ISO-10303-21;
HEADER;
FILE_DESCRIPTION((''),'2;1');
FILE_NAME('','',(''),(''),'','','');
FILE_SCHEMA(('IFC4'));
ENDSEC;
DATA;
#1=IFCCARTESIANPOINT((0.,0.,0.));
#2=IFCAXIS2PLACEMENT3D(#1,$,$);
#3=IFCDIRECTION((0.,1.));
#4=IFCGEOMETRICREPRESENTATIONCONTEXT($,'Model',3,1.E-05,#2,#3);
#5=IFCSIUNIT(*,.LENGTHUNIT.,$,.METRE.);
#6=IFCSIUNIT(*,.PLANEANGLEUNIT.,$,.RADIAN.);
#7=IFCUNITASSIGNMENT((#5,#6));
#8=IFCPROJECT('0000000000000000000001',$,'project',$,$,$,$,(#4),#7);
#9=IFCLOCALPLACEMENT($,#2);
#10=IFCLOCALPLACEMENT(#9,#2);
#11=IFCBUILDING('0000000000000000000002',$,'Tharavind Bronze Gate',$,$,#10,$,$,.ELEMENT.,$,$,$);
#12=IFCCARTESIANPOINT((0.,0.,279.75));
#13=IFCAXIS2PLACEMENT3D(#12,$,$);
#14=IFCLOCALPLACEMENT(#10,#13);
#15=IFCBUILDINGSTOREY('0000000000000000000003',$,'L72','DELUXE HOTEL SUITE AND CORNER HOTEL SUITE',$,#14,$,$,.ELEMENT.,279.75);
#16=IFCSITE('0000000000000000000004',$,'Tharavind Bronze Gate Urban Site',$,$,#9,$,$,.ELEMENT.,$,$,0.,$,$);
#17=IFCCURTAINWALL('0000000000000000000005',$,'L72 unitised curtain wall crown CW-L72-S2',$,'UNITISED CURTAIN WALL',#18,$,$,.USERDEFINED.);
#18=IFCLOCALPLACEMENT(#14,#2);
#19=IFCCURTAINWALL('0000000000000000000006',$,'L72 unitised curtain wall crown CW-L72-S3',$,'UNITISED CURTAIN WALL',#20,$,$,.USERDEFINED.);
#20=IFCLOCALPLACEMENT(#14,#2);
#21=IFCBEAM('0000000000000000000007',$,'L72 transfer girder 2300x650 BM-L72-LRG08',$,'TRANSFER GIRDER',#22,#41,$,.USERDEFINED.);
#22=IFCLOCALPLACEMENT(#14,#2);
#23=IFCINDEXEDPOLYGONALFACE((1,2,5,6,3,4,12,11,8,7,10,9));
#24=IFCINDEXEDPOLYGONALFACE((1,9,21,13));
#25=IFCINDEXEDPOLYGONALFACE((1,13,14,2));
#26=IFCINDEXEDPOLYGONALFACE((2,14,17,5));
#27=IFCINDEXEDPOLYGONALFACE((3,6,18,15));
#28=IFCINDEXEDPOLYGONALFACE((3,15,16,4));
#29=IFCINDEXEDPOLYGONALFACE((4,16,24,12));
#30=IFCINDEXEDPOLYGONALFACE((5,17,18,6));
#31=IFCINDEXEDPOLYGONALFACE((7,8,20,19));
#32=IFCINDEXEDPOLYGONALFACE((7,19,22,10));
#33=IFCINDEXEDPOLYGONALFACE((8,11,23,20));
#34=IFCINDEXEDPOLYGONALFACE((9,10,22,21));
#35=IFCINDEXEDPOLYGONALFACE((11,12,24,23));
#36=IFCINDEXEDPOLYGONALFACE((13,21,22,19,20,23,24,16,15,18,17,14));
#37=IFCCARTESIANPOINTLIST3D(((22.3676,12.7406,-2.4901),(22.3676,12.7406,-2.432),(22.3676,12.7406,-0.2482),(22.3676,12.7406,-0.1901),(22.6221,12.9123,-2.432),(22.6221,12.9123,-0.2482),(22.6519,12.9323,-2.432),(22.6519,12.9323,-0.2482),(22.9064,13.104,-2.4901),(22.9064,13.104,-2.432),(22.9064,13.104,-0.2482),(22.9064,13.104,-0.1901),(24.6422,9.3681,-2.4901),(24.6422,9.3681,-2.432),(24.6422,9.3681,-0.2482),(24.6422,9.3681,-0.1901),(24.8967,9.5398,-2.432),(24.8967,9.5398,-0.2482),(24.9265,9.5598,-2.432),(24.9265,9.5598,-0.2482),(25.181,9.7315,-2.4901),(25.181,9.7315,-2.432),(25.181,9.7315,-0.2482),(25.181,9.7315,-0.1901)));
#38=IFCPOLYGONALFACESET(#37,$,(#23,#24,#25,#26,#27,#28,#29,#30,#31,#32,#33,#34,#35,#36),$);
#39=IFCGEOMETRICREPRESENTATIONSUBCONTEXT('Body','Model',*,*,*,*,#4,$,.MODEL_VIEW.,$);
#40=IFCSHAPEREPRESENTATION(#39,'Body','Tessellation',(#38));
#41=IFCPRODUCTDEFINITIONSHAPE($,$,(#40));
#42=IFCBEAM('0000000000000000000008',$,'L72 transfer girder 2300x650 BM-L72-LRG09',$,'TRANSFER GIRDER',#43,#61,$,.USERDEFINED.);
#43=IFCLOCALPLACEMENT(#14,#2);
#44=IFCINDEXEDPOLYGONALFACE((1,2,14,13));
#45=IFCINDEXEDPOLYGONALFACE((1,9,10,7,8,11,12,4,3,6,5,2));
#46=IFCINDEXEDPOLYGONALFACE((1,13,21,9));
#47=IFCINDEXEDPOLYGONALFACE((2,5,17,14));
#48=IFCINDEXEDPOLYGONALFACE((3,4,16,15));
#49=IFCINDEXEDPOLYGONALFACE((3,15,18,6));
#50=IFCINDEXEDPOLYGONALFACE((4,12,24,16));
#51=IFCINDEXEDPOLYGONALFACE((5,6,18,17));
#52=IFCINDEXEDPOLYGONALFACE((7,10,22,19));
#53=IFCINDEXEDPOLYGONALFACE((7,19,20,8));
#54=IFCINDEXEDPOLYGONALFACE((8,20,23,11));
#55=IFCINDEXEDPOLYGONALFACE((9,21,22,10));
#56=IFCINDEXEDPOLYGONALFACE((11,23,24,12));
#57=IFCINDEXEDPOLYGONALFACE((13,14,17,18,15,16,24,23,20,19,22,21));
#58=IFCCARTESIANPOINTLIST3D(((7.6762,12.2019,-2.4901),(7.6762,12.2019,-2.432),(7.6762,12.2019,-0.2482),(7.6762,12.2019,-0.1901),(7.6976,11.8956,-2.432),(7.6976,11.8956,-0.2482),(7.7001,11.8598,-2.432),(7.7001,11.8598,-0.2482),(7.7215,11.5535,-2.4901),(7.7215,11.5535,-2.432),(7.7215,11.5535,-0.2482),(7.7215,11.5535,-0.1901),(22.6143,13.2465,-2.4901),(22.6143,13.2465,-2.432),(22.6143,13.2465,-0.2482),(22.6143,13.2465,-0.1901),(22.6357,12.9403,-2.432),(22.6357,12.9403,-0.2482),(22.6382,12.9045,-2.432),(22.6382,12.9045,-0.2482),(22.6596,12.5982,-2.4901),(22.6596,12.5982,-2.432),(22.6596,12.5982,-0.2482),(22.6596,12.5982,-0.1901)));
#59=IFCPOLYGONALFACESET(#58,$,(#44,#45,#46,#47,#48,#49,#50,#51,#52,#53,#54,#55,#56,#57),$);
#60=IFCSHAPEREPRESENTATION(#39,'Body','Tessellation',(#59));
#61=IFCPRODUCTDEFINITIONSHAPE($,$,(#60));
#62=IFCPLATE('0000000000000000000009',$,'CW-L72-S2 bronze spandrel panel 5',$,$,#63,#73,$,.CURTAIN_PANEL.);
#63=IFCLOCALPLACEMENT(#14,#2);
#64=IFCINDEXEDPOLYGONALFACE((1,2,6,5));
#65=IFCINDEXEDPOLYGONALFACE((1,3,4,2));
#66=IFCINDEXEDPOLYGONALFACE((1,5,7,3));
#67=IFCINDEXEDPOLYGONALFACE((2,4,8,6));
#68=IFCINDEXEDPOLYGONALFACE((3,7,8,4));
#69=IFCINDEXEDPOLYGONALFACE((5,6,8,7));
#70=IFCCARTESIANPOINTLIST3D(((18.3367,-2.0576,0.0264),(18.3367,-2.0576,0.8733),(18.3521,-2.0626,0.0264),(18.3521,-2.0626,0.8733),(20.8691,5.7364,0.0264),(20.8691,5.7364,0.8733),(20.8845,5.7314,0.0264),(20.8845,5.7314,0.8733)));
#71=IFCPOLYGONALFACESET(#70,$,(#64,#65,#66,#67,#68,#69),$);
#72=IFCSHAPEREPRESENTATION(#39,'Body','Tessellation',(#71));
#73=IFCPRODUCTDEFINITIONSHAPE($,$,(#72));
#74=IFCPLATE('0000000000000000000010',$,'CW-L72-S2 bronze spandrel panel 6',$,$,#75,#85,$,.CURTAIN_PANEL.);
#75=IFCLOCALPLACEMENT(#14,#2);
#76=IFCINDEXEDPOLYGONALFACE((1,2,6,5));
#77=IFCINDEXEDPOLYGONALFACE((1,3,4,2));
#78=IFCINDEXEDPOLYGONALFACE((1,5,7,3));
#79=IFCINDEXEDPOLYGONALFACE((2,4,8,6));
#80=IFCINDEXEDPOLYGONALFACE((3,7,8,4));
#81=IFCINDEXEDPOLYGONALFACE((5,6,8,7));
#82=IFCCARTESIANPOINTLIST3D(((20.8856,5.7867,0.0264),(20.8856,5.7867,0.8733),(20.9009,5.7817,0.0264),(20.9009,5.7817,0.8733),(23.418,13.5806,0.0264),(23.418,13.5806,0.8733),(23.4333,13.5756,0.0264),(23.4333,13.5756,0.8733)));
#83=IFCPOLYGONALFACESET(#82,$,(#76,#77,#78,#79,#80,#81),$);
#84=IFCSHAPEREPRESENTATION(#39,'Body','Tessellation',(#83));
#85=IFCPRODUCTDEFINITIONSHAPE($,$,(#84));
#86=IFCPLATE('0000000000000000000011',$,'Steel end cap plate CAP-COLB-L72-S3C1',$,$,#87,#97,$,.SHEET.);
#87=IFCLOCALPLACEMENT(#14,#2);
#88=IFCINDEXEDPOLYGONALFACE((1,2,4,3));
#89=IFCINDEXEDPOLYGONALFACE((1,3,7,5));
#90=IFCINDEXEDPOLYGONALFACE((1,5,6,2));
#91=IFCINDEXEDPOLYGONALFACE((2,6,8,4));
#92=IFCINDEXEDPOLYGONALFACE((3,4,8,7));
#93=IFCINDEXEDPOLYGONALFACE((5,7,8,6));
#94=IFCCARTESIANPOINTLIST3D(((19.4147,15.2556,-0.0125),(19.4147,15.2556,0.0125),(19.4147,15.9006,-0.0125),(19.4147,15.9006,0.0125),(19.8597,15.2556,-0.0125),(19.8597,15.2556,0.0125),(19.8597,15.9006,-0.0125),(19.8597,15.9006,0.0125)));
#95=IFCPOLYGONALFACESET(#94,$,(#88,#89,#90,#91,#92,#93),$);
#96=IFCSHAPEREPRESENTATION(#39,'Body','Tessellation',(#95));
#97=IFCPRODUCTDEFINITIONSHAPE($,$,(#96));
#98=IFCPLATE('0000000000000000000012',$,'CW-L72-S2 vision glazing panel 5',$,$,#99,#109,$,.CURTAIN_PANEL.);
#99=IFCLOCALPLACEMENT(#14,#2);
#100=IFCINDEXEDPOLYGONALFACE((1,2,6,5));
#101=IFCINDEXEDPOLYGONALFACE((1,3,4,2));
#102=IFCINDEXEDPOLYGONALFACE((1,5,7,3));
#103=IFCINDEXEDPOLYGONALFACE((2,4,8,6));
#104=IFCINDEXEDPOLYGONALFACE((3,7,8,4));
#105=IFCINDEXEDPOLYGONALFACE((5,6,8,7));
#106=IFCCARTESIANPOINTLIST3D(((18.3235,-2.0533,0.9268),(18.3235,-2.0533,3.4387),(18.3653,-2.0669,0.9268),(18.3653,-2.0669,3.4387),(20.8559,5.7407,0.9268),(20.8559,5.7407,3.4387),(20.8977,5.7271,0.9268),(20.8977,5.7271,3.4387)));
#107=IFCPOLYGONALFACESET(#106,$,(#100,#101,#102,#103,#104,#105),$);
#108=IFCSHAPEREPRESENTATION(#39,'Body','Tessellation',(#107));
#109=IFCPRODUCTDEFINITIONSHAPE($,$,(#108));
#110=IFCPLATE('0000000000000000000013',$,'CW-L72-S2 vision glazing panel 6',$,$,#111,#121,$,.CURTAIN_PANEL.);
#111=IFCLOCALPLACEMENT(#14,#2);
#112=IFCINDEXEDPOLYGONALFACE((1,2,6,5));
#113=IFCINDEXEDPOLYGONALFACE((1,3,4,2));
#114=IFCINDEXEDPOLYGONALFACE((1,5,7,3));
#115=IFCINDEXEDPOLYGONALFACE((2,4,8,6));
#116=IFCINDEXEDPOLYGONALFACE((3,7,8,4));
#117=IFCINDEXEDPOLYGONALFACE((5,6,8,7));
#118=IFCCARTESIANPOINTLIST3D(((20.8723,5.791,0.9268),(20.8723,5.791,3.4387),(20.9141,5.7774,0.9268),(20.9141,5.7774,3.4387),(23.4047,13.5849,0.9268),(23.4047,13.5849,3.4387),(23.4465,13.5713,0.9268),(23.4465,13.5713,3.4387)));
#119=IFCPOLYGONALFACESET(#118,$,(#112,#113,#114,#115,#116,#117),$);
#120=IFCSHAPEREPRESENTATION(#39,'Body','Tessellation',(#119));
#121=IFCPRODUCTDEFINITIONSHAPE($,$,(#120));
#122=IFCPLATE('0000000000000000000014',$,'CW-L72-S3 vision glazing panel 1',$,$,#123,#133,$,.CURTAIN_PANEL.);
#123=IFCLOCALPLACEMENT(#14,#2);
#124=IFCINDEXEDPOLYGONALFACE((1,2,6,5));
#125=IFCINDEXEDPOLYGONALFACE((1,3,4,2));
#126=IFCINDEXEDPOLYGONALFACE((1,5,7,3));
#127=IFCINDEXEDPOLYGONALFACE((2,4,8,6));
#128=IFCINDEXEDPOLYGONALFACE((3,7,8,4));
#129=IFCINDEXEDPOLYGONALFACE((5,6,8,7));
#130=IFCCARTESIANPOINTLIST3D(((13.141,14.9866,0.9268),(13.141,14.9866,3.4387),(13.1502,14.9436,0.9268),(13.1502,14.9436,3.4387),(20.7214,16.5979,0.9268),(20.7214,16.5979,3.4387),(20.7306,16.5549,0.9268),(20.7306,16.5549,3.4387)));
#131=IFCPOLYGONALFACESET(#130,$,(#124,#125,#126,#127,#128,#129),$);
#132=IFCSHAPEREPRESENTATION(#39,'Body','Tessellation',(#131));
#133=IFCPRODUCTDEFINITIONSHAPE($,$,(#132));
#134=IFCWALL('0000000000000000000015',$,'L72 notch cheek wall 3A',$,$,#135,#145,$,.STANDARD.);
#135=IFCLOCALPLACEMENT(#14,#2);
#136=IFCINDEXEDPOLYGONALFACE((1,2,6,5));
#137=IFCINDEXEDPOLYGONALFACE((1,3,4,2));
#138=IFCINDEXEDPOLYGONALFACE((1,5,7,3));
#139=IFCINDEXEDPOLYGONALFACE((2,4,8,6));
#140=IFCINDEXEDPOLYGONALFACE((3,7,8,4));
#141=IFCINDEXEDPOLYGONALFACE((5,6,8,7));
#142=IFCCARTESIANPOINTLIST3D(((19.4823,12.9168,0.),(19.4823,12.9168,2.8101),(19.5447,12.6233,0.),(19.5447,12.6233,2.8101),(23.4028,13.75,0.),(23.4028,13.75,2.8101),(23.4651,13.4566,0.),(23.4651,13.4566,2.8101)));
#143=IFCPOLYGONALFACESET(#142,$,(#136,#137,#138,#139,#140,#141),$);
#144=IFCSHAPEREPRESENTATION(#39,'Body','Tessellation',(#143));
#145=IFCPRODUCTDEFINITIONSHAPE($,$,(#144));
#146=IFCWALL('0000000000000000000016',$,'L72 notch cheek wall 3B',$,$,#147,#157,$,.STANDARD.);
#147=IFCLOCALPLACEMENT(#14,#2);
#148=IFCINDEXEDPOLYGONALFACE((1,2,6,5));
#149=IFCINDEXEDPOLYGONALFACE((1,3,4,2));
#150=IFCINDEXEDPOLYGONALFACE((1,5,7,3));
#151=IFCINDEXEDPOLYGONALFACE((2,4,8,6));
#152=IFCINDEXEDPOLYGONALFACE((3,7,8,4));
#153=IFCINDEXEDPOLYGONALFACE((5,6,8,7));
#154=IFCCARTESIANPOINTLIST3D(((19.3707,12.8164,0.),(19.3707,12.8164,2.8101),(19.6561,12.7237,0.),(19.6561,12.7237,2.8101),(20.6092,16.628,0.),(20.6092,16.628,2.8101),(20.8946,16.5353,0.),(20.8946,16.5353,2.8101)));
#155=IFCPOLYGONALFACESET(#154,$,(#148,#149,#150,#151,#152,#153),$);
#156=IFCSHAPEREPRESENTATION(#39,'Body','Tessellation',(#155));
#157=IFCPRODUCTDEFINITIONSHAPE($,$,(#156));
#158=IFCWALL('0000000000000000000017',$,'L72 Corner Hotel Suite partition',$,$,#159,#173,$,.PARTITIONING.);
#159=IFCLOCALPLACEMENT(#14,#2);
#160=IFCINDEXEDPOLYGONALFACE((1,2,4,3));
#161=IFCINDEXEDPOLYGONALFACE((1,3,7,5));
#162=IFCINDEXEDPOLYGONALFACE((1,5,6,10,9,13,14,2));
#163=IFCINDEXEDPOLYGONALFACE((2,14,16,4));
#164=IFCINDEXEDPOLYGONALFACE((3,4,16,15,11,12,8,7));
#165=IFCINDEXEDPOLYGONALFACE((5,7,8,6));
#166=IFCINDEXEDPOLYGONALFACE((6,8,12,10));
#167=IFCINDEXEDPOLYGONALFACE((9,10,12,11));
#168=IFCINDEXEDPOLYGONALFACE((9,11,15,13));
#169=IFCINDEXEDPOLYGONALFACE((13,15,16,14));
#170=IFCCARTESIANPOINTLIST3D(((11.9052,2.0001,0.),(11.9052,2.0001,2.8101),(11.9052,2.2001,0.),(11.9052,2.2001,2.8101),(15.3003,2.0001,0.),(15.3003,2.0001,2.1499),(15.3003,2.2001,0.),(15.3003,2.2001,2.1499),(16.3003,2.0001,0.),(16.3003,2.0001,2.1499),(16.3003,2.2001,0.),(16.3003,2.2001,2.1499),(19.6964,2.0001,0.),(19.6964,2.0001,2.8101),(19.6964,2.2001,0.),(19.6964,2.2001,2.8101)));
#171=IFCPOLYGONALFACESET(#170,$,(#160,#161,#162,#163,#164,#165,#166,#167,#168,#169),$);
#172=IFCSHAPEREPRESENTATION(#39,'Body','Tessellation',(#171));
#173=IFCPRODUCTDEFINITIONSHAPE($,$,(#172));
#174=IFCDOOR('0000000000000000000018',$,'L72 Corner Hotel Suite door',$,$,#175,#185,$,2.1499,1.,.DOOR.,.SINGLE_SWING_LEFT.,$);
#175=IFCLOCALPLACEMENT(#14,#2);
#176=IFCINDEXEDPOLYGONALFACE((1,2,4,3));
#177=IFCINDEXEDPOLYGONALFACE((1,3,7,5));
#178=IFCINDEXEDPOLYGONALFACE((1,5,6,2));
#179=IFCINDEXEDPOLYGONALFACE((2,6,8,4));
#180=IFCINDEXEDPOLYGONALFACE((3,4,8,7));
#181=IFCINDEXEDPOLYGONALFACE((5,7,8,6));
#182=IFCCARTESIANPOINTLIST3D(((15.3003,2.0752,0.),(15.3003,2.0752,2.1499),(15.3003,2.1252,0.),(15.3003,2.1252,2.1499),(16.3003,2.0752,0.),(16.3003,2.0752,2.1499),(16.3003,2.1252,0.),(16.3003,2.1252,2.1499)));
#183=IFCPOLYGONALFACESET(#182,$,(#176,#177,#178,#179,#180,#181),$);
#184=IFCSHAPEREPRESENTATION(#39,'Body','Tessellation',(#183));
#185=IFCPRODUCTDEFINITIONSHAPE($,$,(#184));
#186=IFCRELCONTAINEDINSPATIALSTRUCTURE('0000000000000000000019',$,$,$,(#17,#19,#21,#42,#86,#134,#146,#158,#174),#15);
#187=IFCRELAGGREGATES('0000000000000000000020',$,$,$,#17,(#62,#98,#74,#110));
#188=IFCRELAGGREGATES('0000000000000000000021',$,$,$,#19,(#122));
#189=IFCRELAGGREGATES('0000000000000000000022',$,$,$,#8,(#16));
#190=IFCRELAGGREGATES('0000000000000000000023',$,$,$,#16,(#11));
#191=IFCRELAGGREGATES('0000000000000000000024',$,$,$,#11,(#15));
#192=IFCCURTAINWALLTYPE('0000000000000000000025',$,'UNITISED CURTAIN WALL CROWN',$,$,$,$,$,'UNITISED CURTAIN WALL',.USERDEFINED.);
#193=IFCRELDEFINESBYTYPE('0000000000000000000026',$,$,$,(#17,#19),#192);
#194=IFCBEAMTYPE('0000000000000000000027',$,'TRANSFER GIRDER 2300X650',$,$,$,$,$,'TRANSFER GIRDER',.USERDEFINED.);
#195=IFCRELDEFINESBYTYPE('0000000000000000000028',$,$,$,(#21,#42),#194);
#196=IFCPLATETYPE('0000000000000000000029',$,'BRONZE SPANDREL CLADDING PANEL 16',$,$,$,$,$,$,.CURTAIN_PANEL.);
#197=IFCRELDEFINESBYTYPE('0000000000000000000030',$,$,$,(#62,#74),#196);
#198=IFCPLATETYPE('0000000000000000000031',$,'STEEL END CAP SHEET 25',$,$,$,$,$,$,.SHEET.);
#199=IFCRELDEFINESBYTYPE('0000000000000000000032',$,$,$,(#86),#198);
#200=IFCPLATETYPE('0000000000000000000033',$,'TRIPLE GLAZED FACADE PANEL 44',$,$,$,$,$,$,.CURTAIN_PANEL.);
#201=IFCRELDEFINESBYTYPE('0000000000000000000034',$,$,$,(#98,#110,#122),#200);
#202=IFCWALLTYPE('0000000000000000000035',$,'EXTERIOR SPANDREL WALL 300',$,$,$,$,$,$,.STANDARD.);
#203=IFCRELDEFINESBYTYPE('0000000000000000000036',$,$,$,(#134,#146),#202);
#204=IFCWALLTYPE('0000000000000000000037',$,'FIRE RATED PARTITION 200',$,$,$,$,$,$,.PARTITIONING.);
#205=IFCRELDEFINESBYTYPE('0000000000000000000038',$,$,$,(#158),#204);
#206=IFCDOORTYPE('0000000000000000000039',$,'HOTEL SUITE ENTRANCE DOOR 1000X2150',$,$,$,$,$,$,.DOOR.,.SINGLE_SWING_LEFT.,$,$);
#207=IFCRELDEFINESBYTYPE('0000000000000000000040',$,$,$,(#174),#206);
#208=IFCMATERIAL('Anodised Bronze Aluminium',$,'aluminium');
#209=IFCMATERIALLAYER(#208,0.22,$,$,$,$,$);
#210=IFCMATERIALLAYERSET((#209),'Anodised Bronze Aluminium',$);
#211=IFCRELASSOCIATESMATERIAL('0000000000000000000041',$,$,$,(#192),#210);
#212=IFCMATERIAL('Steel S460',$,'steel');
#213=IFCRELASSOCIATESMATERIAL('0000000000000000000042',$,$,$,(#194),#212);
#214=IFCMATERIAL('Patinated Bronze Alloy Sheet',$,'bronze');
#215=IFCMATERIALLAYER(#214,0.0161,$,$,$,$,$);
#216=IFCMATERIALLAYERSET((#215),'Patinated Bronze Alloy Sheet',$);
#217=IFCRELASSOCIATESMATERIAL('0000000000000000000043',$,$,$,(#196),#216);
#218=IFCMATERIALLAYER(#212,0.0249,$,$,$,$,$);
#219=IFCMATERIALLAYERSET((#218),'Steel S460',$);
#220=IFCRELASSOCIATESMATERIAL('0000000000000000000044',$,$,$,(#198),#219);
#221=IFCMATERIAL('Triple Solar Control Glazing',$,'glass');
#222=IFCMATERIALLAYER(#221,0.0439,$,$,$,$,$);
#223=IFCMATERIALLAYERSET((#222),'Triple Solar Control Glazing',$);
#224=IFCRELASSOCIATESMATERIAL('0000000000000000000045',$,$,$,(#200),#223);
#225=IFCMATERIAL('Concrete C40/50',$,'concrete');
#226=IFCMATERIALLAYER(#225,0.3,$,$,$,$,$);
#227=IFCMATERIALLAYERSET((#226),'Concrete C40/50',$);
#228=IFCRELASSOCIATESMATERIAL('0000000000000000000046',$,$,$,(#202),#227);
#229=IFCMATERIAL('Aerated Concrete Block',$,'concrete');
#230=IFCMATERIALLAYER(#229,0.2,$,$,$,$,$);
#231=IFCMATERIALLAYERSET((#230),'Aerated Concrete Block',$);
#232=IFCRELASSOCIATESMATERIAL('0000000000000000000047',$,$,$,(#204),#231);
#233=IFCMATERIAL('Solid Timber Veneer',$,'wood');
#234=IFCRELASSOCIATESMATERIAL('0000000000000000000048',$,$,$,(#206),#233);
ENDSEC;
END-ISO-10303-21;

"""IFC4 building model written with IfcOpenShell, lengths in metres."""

from ifc_helpers import new_model, si_unit, direction, frame, frame_2d, origin, origin_2d, place, context, subcontext, project, spatial, rectangle, i_section, extrude, material, layer, layer_set, material_profile, profile_set, type_object, element, fill, aggregate, save


model = new_model("IFC4")

# Units and contexts
model_context = context("Model", 3, precision=1e-05, world=origin(), true_north=direction((0.0, 1.0)))
body_context = subcontext(model_context, "Body", "Model", "MODEL_VIEW")
ifc_project = project(units=[si_unit("LENGTHUNIT", "METRE"), si_unit("PLANEANGLEUNIT", "RADIAN")], contexts=[model_context])

# Site, building, storey
site_placement = place(None, origin())
site = spatial("IfcSite", under=ifc_project, at=site_placement, Name="Tharavind Bronze Gate Urban Site", CompositionType="ELEMENT", RefElevation=0.0)
building_placement = place(site_placement, origin())
building = spatial("IfcBuilding", under=site, at=building_placement, Name="Tharavind Bronze Gate", CompositionType="ELEMENT")
storey_placement = place(building_placement, frame((0.0, 0.0, 279.75)))
storey = spatial("IfcBuildingStorey", under=building, at=storey_placement, Name="L72", Description="DELUXE HOTEL SUITE AND CORNER HOTEL SUITE", CompositionType="ELEMENT", Elevation=279.75)

# Shared definitions
ifc_material_1 = material(Name="Steel S460", Category="steel")

# Curtain wall
ifc_material_2 = material(Name="Anodised Bronze Aluminium", Category="aluminium")
ifc_layer_1 = layer(ifc_material_2, 0.22)
ifc_layer_set_1 = layer_set([ifc_layer_1], Name="Anodised Bronze Aluminium")
curtain_wall_type = type_object("IfcCurtainWallType", Name="UNITISED CURTAIN WALL CROWN", ElementType="UNITISED CURTAIN WALL", PredefinedType="USERDEFINED", material=ifc_layer_set_1)
curtain_wall_1_placement = place(storey_placement, origin())
curtain_wall_1 = element("IfcCurtainWall", 1, at=curtain_wall_1_placement, inside=storey, type_object=curtain_wall_type, Name="L72 unitised curtain wall crown CW-L72-S2", ObjectType="UNITISED CURTAIN WALL", PredefinedType="USERDEFINED")

# Curtain wall
curtain_wall_2_placement = place(storey_placement, origin())
curtain_wall_2 = element("IfcCurtainWall", 2, at=curtain_wall_2_placement, inside=storey, type_object=curtain_wall_type, Name="L72 unitised curtain wall crown CW-L72-S3", ObjectType="UNITISED CURTAIN WALL", PredefinedType="USERDEFINED")

# Beams
ifc_material_profile_1 = material_profile(ifc_material_1, i_section(OverallWidth=0.6499, OverallDepth=2.3, WebThickness=0.0359, FlangeThickness=0.0581, at=origin_2d()), Name="PG2300X650")
ifc_profile_set_1 = profile_set([ifc_material_profile_1], Name="Steel S460")
beam_type_1 = type_object("IfcBeamType", Name="TRANSFER GIRDER 2300X650", ElementType="TRANSFER GIRDER", PredefinedType="USERDEFINED", material=ifc_profile_set_1)
beam_1_placement = place(storey_placement, frame((24.9116, 9.5498, -1.3401), z_axis=(-0.559166, 0.829056, 0.0), x_axis=(-0.829056, -0.559166, 0.0)))
element("IfcBeam", 3, at=beam_1_placement, inside=storey, type_object=beam_type_1, Name="L72 transfer girder 2300x650 BM-L72-LRG08", ObjectType="TRANSFER GIRDER", PredefinedType="USERDEFINED", context=body_context, shape_type="SweptSolid", body=[
    extrude(i_section(OverallWidth=0.6499, OverallDepth=2.3, WebThickness=0.0359, FlangeThickness=0.0581, at=origin_2d()), origin(), (0.0, 0.0, 1.0), 4.0679),
])
beam_2_placement = place(storey_placement, frame((22.637, 12.9224, -1.3401), z_axis=(-0.997564, -0.069763, 0.0), x_axis=(0.069763, -0.997564, 0.0)))
element("IfcBeam", 4, at=beam_2_placement, inside=storey, type_object=beam_type_1, Name="L72 transfer girder 2300x650 BM-L72-LRG09", ObjectType="TRANSFER GIRDER", PredefinedType="USERDEFINED", context=body_context, shape_type="SweptSolid", body=[
    extrude(i_section(OverallWidth=0.6499, OverallDepth=2.3, WebThickness=0.0359, FlangeThickness=0.0581, at=origin_2d()), origin(), (0.0, 0.0, 1.0), 14.9746),
])

# Plates
ifc_material_3 = material(Name="Patinated Bronze Alloy Sheet", Category="bronze")
ifc_layer_2 = layer(ifc_material_3, 0.0161)
ifc_layer_set_2 = layer_set([ifc_layer_2], Name="Patinated Bronze Alloy Sheet")
plate_type_1 = type_object("IfcPlateType", Name="BRONZE SPANDREL CLADDING PANEL 16", PredefinedType="CURTAIN_PANEL", material=ifc_layer_set_2)
plate_1_placement = place(storey_placement, frame((19.6106, 1.8369, 0.0264), z_axis=(0.0, 0.0, 1.0), x_axis=(0.309017, 0.951057, 0.0)))
plate_1 = element("IfcPlate", 5, at=plate_1_placement, type_object=plate_type_1, Name="CW-L72-S2 bronze spandrel panel 5", PredefinedType="CURTAIN_PANEL", context=body_context, shape_type="SweptSolid", body=[
    extrude(rectangle(XDim=8.1951, YDim=0.0161, at=origin_2d()), origin(), (0.0, 0.0, 1.0), 0.8469),
])
plate_2_placement = place(storey_placement, frame((22.1594, 9.6812, 0.0264), z_axis=(0.0, 0.0, 1.0), x_axis=(0.309017, 0.951057, 0.0)))
plate_2 = element("IfcPlate", 6, at=plate_2_placement, type_object=plate_type_1, Name="CW-L72-S2 bronze spandrel panel 6", PredefinedType="CURTAIN_PANEL", context=body_context, shape_type="SweptSolid", body=[
    extrude(rectangle(XDim=8.1951, YDim=0.0161, at=origin_2d()), origin(), (0.0, 0.0, 1.0), 0.8469),
])
ifc_layer_3 = layer(ifc_material_1, 0.0249)
ifc_layer_set_3 = layer_set([ifc_layer_3], Name="Steel S460")
plate_type_2 = type_object("IfcPlateType", Name="STEEL END CAP SHEET 25", PredefinedType="SHEET", material=ifc_layer_set_3)
plate_3_placement = place(storey_placement, frame((19.6372, 15.5781, -0.0125), z_axis=(0.0, 0.0, 1.0), x_axis=(1.0, 0.0, 0.0)))
element("IfcPlate", 7, at=plate_3_placement, inside=storey, type_object=plate_type_2, Name="Steel end cap plate CAP-COLB-L72-S3C1", PredefinedType="SHEET", context=body_context, shape_type="SweptSolid", body=[
    extrude(rectangle(XDim=0.4451, YDim=0.645, at=origin_2d()), origin(), (0.0, 0.0, 1.0), 0.0249),
])
ifc_material_4 = material(Name="Triple Solar Control Glazing", Category="glass")
ifc_layer_4 = layer(ifc_material_4, 0.0439)
ifc_layer_set_4 = layer_set([ifc_layer_4], Name="Triple Solar Control Glazing")
plate_type_3 = type_object("IfcPlateType", Name="TRIPLE GLAZED FACADE PANEL 44", PredefinedType="CURTAIN_PANEL", material=ifc_layer_set_4)
plate_4_placement = place(storey_placement, frame((19.6106, 1.8369, 0.9268), z_axis=(0.0, 0.0, 1.0), x_axis=(0.309017, 0.951057, 0.0)))
plate_4 = element("IfcPlate", 8, at=plate_4_placement, type_object=plate_type_3, Name="CW-L72-S2 vision glazing panel 5", PredefinedType="CURTAIN_PANEL", context=body_context, shape_type="SweptSolid", body=[
    extrude(rectangle(XDim=8.1951, YDim=0.0439, at=origin_2d()), origin(), (0.0, 0.0, 1.0), 2.512),
])
plate_5_placement = place(storey_placement, frame((22.1594, 9.6812, 0.9268), z_axis=(0.0, 0.0, 1.0), x_axis=(0.309017, 0.951057, 0.0)))
plate_5 = element("IfcPlate", 9, at=plate_5_placement, type_object=plate_type_3, Name="CW-L72-S2 vision glazing panel 6", PredefinedType="CURTAIN_PANEL", context=body_context, shape_type="SweptSolid", body=[
    extrude(rectangle(XDim=8.1951, YDim=0.0439, at=origin_2d()), origin(), (0.0, 0.0, 1.0), 2.512),
])
aggregate(curtain_wall_1, [plate_1, plate_4, plate_2, plate_5])
plate_6_placement = place(storey_placement, frame((16.9358, 15.7708, 0.9268), z_axis=(0.0, 0.0, 1.0), x_axis=(-0.978147, -0.207913, 0.0)))
plate_6 = element("IfcPlate", 10, at=plate_6_placement, type_object=plate_type_3, Name="CW-L72-S3 vision glazing panel 1", PredefinedType="CURTAIN_PANEL", context=body_context, shape_type="SweptSolid", body=[
    extrude(rectangle(XDim=7.7498, YDim=0.0439, at=origin_2d()), origin(), (0.0, 0.0, 1.0), 2.512),
])
aggregate(curtain_wall_2, [plate_6])

# Walls
ifc_material_5 = material(Name="Concrete C40/50", Category="concrete")
ifc_layer_5 = layer(ifc_material_5, 0.3)
ifc_layer_set_5 = layer_set([ifc_layer_5], Name="Concrete C40/50")
wall_type_1 = type_object("IfcWallType", Name="EXTERIOR SPANDREL WALL 300", PredefinedType="STANDARD", material=ifc_layer_set_5)
wall_1_placement = place(storey_placement, frame((23.4338, 13.6033, 0.0), z_axis=(0.0, 0.0, 1.0), x_axis=(-0.97815, -0.207898, 0.0)))
element("IfcWall", 11, at=wall_1_placement, inside=storey, type_object=wall_type_1, Name="L72 notch cheek wall 3A", PredefinedType="STANDARD", context=body_context, shape_type="SweptSolid", body=[
    extrude(rectangle(XDim=4.0081, YDim=0.3, at=frame_2d((2.0039, 0.0))), origin(), (0.0, 0.0, 1.0), 2.8101),
])
wall_2_placement = place(storey_placement, frame((19.5134, 12.77, 0.0), z_axis=(0.0, 0.0, 1.0), x_axis=(0.309019, 0.951056, 0.0)))
element("IfcWall", 12, at=wall_2_placement, inside=storey, type_object=wall_type_1, Name="L72 notch cheek wall 3B", PredefinedType="STANDARD", context=body_context, shape_type="SweptSolid", body=[
    extrude(rectangle(XDim=4.0078, YDim=0.3, at=frame_2d((2.0039, 0.0))), origin(), (0.0, 0.0, 1.0), 2.8101),
])

# Wall, opening, door
ifc_material_6 = material(Name="Aerated Concrete Block", Category="concrete")
ifc_layer_6 = layer(ifc_material_6, 0.2)
ifc_layer_set_6 = layer_set([ifc_layer_6], Name="Aerated Concrete Block")
wall_type_2 = type_object("IfcWallType", Name="FIRE RATED PARTITION 200", PredefinedType="PARTITIONING", material=ifc_layer_set_6)
wall_3_placement = place(storey_placement, frame((19.6963, 2.1001, 0.0), z_axis=(0.0, 0.0, 1.0), x_axis=(-1.0, 0.0, 0.0)))
wall_3 = element("IfcWall", 13, at=wall_3_placement, inside=storey, type_object=wall_type_2, Name="L72 Corner Hotel Suite partition", PredefinedType="PARTITIONING", context=body_context, shape_type="SweptSolid", body=[
    extrude(rectangle(XDim=7.7913, YDim=0.2, at=frame_2d((3.8955, 0.0))), origin(), (0.0, 0.0, 1.0), 2.8101),
])
opening_placement = place(wall_3_placement, frame((3.396, 0.0, 0.0)))
opening = element("IfcOpeningElement", 14, at=opening_placement, cuts=wall_3, PredefinedType="OPENING", context=body_context, shape_type="SweptSolid", body=[
    extrude(rectangle(XDim=1.0, YDim=2.1499, at=frame_2d((0.5, 1.075))), frame((0.0, 0.1101, 0.0), z_axis=(0.0, -1.0, 0.0), x_axis=(1.0, 0.0, 0.0)), (0.0, 0.0, 1.0), 0.22),
])
ifc_material_7 = material(Name="Solid Timber Veneer", Category="wood")
door_type = type_object("IfcDoorType", Name="HOTEL SUITE ENTRANCE DOOR 1000X2150", OperationType="SINGLE_SWING_LEFT", PredefinedType="DOOR", material=ifc_material_7)
door_placement = place(opening_placement, origin())
door = element("IfcDoor", 15, at=door_placement, inside=storey, type_object=door_type, Name="L72 Corner Hotel Suite door", OperationType="SINGLE_SWING_LEFT", OverallHeight=2.1499, OverallWidth=1.0, PredefinedType="DOOR", context=body_context, shape_type="SweptSolid", body=[
    extrude(rectangle(XDim=1.0, YDim=2.1499, at=frame_2d((0.5, 1.075))), frame((0.0, 0.0249, 0.0), z_axis=(0.0, -1.0, 0.0), x_axis=(1.0, 0.0, 0.0)), (0.0, 0.0, 1.0), 0.05),
])
fill(opening, door)

save(model, "model.ifc")
